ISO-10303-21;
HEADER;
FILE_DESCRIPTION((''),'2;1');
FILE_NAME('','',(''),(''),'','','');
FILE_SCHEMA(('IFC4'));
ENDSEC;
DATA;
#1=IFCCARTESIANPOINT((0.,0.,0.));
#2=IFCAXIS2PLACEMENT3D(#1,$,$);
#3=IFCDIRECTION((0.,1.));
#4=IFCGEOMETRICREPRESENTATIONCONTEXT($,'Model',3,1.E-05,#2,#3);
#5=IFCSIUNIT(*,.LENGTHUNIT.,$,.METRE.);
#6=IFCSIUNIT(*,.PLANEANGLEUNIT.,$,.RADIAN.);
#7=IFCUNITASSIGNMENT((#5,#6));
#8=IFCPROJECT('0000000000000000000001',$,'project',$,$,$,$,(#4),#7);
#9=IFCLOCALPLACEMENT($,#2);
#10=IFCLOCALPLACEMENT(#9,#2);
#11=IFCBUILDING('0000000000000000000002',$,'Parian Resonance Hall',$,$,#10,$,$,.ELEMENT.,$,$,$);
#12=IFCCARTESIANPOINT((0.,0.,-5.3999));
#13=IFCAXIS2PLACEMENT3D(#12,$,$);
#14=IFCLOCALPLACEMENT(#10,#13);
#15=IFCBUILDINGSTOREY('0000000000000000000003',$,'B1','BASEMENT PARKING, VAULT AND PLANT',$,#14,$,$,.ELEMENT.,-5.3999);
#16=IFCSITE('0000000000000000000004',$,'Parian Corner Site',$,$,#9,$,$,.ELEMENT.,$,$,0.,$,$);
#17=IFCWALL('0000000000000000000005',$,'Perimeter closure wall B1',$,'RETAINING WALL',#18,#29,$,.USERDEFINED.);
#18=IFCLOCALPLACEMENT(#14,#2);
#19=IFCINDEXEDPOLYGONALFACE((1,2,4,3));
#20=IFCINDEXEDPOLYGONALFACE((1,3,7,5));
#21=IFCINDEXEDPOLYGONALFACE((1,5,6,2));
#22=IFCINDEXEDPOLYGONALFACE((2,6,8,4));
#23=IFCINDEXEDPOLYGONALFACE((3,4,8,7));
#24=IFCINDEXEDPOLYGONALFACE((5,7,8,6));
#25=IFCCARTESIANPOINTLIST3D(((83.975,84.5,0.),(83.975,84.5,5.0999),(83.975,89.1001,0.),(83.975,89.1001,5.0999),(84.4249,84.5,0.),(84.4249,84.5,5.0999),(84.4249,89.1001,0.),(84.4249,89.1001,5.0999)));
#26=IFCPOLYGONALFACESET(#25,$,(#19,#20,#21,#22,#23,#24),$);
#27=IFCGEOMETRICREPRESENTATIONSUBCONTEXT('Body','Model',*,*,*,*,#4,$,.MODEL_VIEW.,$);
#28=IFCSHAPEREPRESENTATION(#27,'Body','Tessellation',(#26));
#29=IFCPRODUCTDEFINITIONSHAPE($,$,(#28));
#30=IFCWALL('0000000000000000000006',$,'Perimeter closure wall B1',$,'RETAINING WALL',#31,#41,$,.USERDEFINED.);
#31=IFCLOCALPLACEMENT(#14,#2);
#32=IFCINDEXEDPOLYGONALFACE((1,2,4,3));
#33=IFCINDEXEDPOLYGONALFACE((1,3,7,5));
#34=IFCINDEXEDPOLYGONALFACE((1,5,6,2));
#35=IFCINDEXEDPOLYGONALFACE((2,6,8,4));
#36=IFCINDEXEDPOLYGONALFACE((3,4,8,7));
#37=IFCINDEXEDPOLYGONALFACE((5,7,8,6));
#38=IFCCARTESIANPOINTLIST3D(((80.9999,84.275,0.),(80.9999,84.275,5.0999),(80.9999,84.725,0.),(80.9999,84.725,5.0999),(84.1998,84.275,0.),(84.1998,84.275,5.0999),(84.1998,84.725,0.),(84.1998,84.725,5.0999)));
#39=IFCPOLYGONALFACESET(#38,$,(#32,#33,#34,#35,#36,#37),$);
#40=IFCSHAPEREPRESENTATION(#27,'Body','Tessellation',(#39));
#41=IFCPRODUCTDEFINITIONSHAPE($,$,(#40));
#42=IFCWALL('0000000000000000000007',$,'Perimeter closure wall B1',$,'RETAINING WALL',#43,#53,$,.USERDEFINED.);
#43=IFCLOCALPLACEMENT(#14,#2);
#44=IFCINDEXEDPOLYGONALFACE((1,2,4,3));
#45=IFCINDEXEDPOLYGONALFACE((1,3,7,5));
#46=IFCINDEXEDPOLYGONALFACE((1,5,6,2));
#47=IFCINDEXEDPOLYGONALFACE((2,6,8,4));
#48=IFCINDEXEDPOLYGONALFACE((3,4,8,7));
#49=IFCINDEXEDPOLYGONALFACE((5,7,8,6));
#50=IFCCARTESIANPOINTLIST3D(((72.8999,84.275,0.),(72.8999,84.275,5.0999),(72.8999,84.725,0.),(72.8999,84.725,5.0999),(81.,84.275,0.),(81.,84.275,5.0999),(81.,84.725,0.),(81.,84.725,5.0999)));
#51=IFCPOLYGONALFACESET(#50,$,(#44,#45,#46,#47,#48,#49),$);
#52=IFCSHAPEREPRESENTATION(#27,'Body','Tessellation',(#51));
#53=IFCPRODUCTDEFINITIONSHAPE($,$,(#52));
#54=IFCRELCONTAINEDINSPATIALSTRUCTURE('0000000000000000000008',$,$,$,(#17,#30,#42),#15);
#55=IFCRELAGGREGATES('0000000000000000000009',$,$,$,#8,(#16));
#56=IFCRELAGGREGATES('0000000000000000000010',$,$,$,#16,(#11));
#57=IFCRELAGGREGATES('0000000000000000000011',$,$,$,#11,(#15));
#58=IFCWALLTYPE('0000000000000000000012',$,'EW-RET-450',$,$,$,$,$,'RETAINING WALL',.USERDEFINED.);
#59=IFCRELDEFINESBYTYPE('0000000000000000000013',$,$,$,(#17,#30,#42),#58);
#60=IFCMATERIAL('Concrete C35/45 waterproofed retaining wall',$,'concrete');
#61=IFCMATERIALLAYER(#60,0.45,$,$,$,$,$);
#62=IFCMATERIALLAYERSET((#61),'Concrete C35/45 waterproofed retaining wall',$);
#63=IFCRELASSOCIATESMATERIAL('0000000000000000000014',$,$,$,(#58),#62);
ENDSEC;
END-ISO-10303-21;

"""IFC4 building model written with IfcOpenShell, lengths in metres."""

from ifc_helpers import new_model, si_unit, direction, frame, frame_2d, origin, place, context, subcontext, project, spatial, rectangle, extrude, material, layer, layer_set, type_object, element, save


model = new_model("IFC4")

# Units and contexts
model_context = context("Model", 3, precision=1e-05, world=origin(), true_north=direction((0.0, 1.0)))
body_context = subcontext(model_context, "Body", "Model", "MODEL_VIEW")
ifc_project = project(units=[si_unit("LENGTHUNIT", "METRE"), si_unit("PLANEANGLEUNIT", "RADIAN")], contexts=[model_context])

# Site, building, storey
site_placement = place(None, origin())
site = spatial("IfcSite", under=ifc_project, at=site_placement, Name="Parian Corner Site", CompositionType="ELEMENT", RefElevation=0.0)
building_placement = place(site_placement, origin())
building = spatial("IfcBuilding", under=site, at=building_placement, Name="Parian Resonance Hall", CompositionType="ELEMENT")
storey_placement = place(building_placement, frame((0.0, 0.0, -5.3999)))
storey = spatial("IfcBuildingStorey", under=building, at=storey_placement, Name="B1", Description="BASEMENT PARKING, VAULT AND PLANT", CompositionType="ELEMENT", Elevation=-5.3999)

# Walls
ifc_material_1 = material(Name="Concrete C35/45 waterproofed retaining wall", Category="concrete")
ifc_layer_1 = layer(ifc_material_1, 0.45)
ifc_layer_set_1 = layer_set([ifc_layer_1], Name="Concrete C35/45 waterproofed retaining wall")
wall_type_1 = type_object("IfcWallType", Name="EW-RET-450", ElementType="RETAINING WALL", PredefinedType="USERDEFINED", material=ifc_layer_set_1)
wall_1_placement = place(storey_placement, frame((84.2, 89.1001, 0.0), z_axis=(0.0, 0.0, 1.0), x_axis=(0.0, -1.0, 0.0)))
element("IfcWall", 1, at=wall_1_placement, inside=storey, type_object=wall_type_1, Name="Perimeter closure wall B1", ObjectType="RETAINING WALL", PredefinedType="USERDEFINED", context=body_context, shape_type="SweptSolid", body=[
    extrude(rectangle(XDim=4.6001, YDim=0.45, at=frame_2d((2.3, 0.0))), origin(), (0.0, 0.0, 1.0), 5.0999),
])
wall_2_placement = place(storey_placement, frame((84.2, 84.5, 0.0), z_axis=(0.0, 0.0, 1.0), x_axis=(-1.0, 0.0, 0.0)))
element("IfcWall", 2, at=wall_2_placement, inside=storey, type_object=wall_type_1, Name="Perimeter closure wall B1", ObjectType="RETAINING WALL", PredefinedType="USERDEFINED", context=body_context, shape_type="SweptSolid", body=[
    extrude(rectangle(XDim=3.2, YDim=0.45, at=frame_2d((1.6001, 0.0))), origin(), (0.0, 0.0, 1.0), 5.0999),
])
wall_3_placement = place(storey_placement, frame((81.0, 84.5, 0.0), z_axis=(0.0, 0.0, 1.0), x_axis=(-1.0, 0.0, 0.0)))
element("IfcWall", 3, at=wall_3_placement, inside=storey, type_object=wall_type_1, Name="Perimeter closure wall B1", ObjectType="RETAINING WALL", PredefinedType="USERDEFINED", context=body_context, shape_type="SweptSolid", body=[
    extrude(rectangle(XDim=8.1001, YDim=0.45, at=frame_2d((4.05, 0.0))), origin(), (0.0, 0.0, 1.0), 5.0999),
])

save(model, "model.ifc")
